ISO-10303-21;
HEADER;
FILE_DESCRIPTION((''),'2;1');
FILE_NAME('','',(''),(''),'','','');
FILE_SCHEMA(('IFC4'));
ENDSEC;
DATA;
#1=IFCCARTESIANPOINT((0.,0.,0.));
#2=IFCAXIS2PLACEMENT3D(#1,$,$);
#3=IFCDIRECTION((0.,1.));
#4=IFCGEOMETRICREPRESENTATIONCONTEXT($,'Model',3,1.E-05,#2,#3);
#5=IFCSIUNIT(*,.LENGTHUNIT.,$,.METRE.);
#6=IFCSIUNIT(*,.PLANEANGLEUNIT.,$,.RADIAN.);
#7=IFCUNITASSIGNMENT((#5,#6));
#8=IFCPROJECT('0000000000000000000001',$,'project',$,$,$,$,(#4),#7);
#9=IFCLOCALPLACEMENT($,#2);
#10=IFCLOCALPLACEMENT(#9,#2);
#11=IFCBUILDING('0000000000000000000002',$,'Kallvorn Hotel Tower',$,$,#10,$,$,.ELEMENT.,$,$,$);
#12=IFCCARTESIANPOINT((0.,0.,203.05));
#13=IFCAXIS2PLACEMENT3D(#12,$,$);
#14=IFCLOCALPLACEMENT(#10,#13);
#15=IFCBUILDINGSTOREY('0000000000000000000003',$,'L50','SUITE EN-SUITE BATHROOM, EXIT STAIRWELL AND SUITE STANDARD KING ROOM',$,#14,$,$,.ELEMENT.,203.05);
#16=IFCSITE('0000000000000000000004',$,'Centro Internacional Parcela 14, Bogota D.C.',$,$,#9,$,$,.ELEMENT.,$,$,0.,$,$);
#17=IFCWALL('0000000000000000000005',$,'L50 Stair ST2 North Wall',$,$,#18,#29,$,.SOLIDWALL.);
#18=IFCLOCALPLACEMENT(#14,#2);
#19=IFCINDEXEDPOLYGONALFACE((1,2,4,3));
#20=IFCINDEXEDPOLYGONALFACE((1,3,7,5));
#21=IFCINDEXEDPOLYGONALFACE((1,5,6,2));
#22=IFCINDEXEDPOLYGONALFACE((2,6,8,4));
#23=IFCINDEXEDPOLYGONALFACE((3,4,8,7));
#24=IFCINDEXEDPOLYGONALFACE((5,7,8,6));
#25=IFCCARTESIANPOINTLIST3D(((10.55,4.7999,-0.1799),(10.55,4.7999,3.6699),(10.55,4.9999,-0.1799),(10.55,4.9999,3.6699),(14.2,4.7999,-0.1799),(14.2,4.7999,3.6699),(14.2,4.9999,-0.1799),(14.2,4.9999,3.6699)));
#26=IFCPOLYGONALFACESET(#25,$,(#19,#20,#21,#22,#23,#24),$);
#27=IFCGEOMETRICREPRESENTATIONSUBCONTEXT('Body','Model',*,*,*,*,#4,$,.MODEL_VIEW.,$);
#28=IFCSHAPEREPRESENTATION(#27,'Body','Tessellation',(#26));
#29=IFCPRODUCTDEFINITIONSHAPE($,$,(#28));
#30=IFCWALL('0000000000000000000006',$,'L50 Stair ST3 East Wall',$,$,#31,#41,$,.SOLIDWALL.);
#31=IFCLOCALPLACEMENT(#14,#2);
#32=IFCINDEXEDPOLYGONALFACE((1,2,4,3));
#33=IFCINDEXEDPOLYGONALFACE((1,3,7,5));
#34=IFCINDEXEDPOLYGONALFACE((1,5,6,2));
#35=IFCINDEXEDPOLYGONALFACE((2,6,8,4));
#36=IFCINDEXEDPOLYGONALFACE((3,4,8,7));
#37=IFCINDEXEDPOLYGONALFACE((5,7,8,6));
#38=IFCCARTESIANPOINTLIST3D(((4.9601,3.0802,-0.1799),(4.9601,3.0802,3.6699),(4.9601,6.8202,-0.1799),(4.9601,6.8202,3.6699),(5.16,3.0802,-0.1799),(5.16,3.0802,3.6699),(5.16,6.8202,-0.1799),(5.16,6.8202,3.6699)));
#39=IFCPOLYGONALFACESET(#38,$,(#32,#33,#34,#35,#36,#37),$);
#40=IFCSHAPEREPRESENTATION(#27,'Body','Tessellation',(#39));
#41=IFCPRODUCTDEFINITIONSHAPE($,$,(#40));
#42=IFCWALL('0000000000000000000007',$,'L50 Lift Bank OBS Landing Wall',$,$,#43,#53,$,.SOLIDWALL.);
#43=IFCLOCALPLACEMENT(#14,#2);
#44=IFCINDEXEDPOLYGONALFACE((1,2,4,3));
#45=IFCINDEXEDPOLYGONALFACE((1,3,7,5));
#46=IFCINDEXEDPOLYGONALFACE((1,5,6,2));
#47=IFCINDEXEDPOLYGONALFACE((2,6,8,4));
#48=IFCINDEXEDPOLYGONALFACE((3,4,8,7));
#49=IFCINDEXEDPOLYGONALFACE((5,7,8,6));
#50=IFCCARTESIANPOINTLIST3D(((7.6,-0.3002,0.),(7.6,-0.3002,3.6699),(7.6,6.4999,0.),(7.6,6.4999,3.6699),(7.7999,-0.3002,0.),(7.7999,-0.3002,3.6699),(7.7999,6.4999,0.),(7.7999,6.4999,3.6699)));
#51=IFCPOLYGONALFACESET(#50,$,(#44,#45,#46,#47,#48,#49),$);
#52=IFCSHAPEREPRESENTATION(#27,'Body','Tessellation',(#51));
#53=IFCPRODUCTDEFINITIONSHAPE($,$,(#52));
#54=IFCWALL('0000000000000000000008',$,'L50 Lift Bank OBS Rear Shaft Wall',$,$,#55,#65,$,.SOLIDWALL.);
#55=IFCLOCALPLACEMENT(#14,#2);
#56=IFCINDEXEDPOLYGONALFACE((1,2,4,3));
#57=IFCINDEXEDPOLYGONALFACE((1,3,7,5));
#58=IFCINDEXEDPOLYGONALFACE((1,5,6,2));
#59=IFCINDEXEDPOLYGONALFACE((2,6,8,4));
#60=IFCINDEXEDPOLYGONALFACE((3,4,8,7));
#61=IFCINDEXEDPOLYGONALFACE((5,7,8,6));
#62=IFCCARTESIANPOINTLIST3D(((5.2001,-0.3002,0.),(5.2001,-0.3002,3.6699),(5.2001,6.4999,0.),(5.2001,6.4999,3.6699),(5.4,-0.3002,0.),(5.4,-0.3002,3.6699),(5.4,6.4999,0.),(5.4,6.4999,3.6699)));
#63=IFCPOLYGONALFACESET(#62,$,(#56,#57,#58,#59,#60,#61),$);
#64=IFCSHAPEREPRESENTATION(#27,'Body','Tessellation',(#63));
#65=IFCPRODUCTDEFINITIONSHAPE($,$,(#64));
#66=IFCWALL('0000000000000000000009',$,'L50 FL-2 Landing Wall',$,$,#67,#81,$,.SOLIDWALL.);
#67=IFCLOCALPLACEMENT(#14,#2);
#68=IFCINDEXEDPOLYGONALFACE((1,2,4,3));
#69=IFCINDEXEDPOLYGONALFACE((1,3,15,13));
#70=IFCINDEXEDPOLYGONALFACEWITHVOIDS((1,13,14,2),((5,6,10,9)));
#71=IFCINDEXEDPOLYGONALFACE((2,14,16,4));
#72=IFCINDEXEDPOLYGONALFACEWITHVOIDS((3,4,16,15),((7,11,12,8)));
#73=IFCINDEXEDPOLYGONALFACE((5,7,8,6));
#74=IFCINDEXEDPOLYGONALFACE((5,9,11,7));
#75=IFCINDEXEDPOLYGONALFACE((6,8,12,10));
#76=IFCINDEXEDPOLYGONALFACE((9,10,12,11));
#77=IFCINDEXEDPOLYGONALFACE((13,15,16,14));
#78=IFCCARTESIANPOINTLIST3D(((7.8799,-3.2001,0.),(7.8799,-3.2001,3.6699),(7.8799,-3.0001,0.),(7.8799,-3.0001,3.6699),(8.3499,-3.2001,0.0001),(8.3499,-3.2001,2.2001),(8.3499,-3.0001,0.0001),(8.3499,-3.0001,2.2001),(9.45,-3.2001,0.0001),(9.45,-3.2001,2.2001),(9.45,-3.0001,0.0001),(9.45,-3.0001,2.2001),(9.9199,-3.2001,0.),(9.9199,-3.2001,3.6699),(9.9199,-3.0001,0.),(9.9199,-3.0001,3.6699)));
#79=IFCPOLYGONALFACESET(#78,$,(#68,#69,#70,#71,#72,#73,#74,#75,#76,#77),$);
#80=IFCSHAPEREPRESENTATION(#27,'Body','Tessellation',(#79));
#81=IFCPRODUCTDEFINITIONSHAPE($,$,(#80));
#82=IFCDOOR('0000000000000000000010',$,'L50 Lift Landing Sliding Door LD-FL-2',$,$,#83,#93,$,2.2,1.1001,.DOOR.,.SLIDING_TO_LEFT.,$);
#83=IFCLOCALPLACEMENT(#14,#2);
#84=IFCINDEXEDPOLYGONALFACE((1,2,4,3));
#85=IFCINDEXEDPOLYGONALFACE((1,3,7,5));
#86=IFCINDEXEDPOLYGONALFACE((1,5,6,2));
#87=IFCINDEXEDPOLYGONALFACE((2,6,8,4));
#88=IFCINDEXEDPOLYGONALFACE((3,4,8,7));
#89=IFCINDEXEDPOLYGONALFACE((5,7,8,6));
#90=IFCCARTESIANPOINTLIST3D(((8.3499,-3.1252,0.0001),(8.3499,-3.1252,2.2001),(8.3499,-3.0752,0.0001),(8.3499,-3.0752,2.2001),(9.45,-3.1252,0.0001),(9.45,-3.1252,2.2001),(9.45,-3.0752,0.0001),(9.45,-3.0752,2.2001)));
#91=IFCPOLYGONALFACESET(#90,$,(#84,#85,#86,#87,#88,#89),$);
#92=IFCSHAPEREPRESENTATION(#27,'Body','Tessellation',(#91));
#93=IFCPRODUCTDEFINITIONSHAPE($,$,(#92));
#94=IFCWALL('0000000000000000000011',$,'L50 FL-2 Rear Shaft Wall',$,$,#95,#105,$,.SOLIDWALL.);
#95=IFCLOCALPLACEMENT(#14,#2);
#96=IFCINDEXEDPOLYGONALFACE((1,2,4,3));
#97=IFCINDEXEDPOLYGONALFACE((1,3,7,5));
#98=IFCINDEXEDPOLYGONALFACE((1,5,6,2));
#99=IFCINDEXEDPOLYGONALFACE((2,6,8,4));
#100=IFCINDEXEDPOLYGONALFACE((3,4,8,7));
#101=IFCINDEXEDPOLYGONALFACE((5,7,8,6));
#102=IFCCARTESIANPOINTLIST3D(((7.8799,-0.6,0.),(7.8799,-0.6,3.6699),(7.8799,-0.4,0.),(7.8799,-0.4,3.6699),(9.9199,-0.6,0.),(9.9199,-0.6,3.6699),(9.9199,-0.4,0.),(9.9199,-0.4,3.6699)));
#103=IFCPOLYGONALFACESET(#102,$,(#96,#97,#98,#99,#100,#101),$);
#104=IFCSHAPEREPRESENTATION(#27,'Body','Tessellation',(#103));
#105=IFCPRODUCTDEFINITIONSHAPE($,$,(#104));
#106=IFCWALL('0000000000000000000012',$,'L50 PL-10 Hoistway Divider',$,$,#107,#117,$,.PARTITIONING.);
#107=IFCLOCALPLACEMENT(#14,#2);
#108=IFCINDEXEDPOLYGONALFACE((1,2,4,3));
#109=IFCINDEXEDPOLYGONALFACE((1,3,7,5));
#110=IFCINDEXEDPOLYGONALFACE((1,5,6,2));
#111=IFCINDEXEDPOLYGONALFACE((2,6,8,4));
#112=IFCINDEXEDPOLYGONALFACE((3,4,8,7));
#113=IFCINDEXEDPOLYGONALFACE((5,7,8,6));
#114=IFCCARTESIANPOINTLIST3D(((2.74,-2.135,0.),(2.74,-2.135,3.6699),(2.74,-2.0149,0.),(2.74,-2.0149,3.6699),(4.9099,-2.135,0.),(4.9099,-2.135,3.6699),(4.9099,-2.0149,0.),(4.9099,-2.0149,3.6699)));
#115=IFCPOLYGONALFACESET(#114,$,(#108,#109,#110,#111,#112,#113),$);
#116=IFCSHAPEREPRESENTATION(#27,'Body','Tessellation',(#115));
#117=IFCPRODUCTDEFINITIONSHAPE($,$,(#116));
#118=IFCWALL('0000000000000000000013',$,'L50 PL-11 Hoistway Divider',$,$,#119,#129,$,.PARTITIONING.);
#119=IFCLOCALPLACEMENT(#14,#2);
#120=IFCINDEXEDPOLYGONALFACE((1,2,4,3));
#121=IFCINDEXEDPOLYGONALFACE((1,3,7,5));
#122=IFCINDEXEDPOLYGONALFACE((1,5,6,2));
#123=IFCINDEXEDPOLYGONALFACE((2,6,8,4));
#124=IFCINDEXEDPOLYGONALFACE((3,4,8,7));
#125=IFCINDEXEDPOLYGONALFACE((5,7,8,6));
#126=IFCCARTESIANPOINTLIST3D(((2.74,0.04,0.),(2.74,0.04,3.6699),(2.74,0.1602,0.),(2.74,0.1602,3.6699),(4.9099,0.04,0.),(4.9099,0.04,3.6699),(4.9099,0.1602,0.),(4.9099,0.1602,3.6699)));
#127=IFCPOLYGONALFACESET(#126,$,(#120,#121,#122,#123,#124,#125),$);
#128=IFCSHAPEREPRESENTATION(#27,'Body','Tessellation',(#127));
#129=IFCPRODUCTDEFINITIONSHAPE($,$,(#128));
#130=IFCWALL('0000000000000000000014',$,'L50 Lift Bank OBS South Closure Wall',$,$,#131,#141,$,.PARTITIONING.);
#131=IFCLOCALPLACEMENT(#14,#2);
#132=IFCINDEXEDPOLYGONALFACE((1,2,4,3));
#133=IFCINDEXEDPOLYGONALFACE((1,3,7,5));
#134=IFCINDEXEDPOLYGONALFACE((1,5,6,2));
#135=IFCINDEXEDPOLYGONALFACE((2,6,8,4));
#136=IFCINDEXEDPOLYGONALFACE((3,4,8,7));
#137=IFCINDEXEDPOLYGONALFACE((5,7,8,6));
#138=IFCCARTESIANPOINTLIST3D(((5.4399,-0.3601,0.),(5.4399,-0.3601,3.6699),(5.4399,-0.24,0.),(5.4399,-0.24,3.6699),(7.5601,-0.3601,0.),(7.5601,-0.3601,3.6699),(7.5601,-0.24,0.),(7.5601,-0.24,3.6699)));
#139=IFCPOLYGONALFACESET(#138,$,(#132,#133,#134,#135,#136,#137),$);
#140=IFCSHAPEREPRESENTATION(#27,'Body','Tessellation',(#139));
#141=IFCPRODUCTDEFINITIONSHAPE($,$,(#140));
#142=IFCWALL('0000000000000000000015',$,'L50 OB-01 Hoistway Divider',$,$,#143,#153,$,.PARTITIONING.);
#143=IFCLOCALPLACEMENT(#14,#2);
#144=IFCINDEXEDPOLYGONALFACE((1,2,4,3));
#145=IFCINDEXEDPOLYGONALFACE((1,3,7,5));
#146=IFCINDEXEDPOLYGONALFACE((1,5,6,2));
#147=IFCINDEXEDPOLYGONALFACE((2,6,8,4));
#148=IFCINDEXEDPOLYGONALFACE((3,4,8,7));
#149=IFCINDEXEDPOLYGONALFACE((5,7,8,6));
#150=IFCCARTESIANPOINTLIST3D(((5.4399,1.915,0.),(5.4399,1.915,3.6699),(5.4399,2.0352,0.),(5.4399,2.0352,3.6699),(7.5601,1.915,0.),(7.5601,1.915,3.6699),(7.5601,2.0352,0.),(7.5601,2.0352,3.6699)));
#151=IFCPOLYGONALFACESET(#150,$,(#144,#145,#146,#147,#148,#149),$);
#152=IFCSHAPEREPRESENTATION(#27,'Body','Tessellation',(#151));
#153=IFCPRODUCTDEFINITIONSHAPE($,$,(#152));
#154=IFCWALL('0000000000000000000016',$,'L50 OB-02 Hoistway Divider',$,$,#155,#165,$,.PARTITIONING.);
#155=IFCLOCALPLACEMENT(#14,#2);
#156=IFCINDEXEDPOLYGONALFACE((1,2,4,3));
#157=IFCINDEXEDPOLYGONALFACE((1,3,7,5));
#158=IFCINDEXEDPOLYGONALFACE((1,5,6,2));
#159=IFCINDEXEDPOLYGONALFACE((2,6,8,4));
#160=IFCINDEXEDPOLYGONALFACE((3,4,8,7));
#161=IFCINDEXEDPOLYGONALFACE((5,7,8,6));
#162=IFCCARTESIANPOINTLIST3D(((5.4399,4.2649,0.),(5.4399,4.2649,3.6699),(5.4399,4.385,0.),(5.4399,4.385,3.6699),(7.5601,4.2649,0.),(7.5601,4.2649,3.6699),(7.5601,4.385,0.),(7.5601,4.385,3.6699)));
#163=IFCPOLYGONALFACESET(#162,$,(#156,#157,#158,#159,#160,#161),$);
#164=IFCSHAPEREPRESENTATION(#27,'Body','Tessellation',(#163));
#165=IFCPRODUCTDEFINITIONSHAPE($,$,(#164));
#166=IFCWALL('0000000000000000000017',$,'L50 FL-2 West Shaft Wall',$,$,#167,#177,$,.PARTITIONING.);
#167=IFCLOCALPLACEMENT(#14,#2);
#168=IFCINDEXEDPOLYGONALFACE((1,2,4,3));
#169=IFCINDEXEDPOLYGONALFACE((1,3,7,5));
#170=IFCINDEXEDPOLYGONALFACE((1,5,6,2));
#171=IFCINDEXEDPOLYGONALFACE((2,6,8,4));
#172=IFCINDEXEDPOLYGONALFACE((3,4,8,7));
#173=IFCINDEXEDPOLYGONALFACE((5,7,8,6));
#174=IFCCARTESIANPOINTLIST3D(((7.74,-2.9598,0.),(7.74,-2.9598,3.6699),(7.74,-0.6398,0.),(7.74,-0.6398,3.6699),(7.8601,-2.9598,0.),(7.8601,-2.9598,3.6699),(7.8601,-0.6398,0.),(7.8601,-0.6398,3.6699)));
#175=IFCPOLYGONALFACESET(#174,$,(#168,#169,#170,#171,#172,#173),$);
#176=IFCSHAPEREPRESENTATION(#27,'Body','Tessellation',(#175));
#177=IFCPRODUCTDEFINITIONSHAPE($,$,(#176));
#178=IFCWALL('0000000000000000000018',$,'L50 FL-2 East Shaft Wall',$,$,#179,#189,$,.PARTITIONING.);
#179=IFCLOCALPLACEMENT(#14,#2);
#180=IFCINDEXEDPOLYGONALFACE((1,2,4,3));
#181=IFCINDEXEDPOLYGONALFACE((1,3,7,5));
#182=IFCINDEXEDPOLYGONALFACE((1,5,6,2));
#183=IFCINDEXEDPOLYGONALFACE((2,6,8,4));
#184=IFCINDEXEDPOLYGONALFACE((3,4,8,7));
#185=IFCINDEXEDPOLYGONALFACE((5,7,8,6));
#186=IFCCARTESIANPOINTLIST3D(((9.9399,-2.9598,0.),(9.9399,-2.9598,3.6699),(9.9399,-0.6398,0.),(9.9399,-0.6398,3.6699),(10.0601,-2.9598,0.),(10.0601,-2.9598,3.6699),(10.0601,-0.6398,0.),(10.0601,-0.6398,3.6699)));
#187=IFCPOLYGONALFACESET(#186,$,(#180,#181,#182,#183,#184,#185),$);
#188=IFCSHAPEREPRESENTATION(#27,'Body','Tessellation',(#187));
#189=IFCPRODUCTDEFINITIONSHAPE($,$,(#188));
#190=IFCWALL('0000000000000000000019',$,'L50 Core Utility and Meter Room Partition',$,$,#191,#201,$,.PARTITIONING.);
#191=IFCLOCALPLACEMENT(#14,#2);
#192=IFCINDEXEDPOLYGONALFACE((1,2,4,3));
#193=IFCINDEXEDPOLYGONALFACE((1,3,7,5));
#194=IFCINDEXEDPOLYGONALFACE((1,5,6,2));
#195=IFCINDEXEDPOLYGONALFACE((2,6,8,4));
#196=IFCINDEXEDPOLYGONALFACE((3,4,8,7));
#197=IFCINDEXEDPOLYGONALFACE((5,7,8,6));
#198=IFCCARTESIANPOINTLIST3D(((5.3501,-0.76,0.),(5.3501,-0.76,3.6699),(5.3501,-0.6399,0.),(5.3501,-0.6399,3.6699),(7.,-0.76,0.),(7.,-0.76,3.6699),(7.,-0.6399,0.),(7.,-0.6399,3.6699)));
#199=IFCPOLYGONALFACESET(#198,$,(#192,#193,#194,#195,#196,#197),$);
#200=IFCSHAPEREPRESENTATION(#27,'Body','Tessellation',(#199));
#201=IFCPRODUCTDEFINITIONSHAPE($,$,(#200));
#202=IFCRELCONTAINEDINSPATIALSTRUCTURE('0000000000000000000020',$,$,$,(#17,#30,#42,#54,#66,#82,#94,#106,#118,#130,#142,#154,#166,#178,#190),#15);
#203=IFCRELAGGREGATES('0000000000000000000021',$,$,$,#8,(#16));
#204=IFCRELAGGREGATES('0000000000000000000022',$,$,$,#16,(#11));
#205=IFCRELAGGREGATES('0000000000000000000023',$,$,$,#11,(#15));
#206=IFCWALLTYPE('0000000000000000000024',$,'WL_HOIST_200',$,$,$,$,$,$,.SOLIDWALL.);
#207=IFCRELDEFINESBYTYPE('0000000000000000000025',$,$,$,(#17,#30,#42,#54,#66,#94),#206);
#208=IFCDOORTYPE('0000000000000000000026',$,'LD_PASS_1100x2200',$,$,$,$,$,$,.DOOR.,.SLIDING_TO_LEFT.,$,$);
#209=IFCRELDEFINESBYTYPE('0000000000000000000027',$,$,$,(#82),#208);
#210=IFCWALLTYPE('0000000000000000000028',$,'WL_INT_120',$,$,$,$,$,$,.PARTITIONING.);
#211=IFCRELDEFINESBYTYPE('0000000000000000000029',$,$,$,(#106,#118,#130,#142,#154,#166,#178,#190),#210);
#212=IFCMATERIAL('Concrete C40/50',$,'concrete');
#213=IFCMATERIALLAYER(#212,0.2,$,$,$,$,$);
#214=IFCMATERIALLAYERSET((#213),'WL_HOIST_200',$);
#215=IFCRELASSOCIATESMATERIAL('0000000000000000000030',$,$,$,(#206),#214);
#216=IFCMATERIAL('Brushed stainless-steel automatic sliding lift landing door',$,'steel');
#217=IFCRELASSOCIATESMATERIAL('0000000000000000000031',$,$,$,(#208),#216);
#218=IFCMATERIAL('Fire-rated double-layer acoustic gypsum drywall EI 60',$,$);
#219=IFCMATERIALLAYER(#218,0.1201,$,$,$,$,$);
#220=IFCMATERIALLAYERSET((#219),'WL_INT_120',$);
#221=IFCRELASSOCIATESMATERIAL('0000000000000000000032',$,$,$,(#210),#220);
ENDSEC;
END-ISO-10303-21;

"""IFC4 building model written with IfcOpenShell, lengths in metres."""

from ifc_helpers import new_model, si_unit, direction, frame, frame_2d, origin, place, context, subcontext, project, spatial, rectangle, extrude, material, layer, layer_set, type_object, element, fill, save


model = new_model("IFC4")

# Units and contexts
model_context = context("Model", 3, precision=1e-05, world=origin(), true_north=direction((0.0, 1.0)))
body_context = subcontext(model_context, "Body", "Model", "MODEL_VIEW")
ifc_project = project(units=[si_unit("LENGTHUNIT", "METRE"), si_unit("PLANEANGLEUNIT", "RADIAN")], contexts=[model_context])

# Site, building, storey
site_placement = place(None, origin())
site = spatial("IfcSite", under=ifc_project, at=site_placement, Name="Centro Internacional Parcela 14, Bogota D.C.", CompositionType="ELEMENT", RefElevation=0.0)
building_placement = place(site_placement, origin())
building = spatial("IfcBuilding", under=site, at=building_placement, Name="Kallvorn Hotel Tower", CompositionType="ELEMENT")
storey_placement = place(building_placement, frame((0.0, 0.0, 203.05)))
storey = spatial("IfcBuildingStorey", under=building, at=storey_placement, Name="L50", Description="SUITE EN-SUITE BATHROOM, EXIT STAIRWELL AND SUITE STANDARD KING ROOM", CompositionType="ELEMENT", Elevation=203.05)

# Walls
ifc_material_1 = material(Name="Concrete C40/50", Category="concrete")
ifc_layer_1 = layer(ifc_material_1, 0.2)
ifc_layer_set_1 = layer_set([ifc_layer_1], Name="WL_HOIST_200")
wall_type_1 = type_object("IfcWallType", Name="WL_HOIST_200", PredefinedType="SOLIDWALL", material=ifc_layer_set_1)
wall_1_placement = place(storey_placement, frame((10.55, 4.8999, -0.1799), z_axis=(0.0, 0.0, 1.0), x_axis=(1.0, 0.0, 0.0)))
element("IfcWall", 1, at=wall_1_placement, inside=storey, type_object=wall_type_1, Name="L50 Stair ST2 North Wall", PredefinedType="SOLIDWALL", context=body_context, shape_type="SweptSolid", body=[
    extrude(rectangle(XDim=3.6499, YDim=0.2, at=frame_2d((1.825, 0.0))), origin(), (0.0, 0.0, 1.0), 3.8499),
])
wall_2_placement = place(storey_placement, frame((5.0601, 3.0801, -0.1799), z_axis=(0.0, 0.0, 1.0), x_axis=(0.0, 1.0, 0.0)))
element("IfcWall", 2, at=wall_2_placement, inside=storey, type_object=wall_type_1, Name="L50 Stair ST3 East Wall", PredefinedType="SOLIDWALL", context=body_context, shape_type="SweptSolid", body=[
    extrude(rectangle(XDim=3.74, YDim=0.2, at=frame_2d((1.8701, 0.0))), origin(), (0.0, 0.0, 1.0), 3.8499),
])
for number, where, z_axis, x_axis, name in (
    (3, (7.7, -0.3, 0.0), (0.0, 0.0, 1.0), (0.0, 1.0, 0.0), "L50 Lift Bank OBS Landing Wall"),
    (4, (5.3, -0.3, 0.0), (0.0, 0.0, 1.0), (0.0, 1.0, 0.0), "L50 Lift Bank OBS Rear Shaft Wall"),
):
    element("IfcWall", number, at=place(storey_placement, frame(where, z_axis=z_axis, x_axis=x_axis)), inside=storey, type_object=wall_type_1, Name=name, PredefinedType="SOLIDWALL", context=body_context, shape_type="SweptSolid", body=[
        extrude(rectangle(XDim=6.8, YDim=0.2, at=frame_2d((3.3999, 0.0))), origin(), (0.0, 0.0, 1.0), 3.6699),
    ])

# Wall, opening, door
wall_3_placement = place(storey_placement, frame((7.8799, -3.1001, 0.0), z_axis=(0.0, 0.0, 1.0), x_axis=(1.0, 0.0, 0.0)))
wall_3 = element("IfcWall", 5, at=wall_3_placement, inside=storey, type_object=wall_type_1, Name="L50 FL-2 Landing Wall", PredefinedType="SOLIDWALL", context=body_context, shape_type="SweptSolid", body=[
    extrude(rectangle(XDim=2.04, YDim=0.2, at=frame_2d((1.02, 0.0))), origin(), (0.0, 0.0, 1.0), 3.6699),
])
opening_1_placement = place(wall_3_placement, frame((0.47, 0.0, 0.0)))
opening_1 = element("IfcOpeningElement", 6, at=opening_1_placement, cuts=wall_3, PredefinedType="OPENING", context=body_context, shape_type="SweptSolid", body=[
    extrude(rectangle(XDim=1.1001, YDim=2.2, at=frame_2d((0.55, 1.1001))), frame((0.0, 0.115, 0.0), z_axis=(0.0, -1.0, 0.0), x_axis=(1.0, 0.0, 0.0)), (0.0, 0.0, 1.0), 0.23),
])
ifc_material_2 = material(Name="Brushed stainless-steel automatic sliding lift landing door", Category="steel")
door_type_1 = type_object("IfcDoorType", Name="LD_PASS_1100x2200", OperationType="SLIDING_TO_LEFT", PredefinedType="DOOR", material=ifc_material_2)
door_1_placement = place(opening_1_placement, origin())
door_1 = element("IfcDoor", 7, at=door_1_placement, inside=storey, type_object=door_type_1, Name="L50 Lift Landing Sliding Door LD-FL-2", OperationType="SLIDING_TO_LEFT", OverallHeight=2.2, OverallWidth=1.1001, PredefinedType="DOOR", context=body_context, shape_type="SweptSolid", body=[
    extrude(rectangle(XDim=1.1001, YDim=2.2, at=frame_2d((0.55, 1.1001))), frame((0.0, 0.0249, 0.0), z_axis=(0.0, -1.0, 0.0), x_axis=(1.0, 0.0, 0.0)), (0.0, 0.0, 1.0), 0.05),
])
fill(opening_1, door_1)

# Walls
wall_4_placement = place(storey_placement, frame((7.8799, -0.5, 0.0), z_axis=(0.0, 0.0, 1.0), x_axis=(1.0, 0.0, 0.0)))
element("IfcWall", 8, at=wall_4_placement, inside=storey, type_object=wall_type_1, Name="L50 FL-2 Rear Shaft Wall", PredefinedType="SOLIDWALL", context=body_context, shape_type="SweptSolid", body=[
    extrude(rectangle(XDim=2.04, YDim=0.2, at=frame_2d((1.02, 0.0))), origin(), (0.0, 0.0, 1.0), 3.6699),
])
ifc_material_3 = material(Name="Fire-rated double-layer acoustic gypsum drywall EI 60")
ifc_layer_2 = layer(ifc_material_3, 0.1201)
ifc_layer_set_2 = layer_set([ifc_layer_2], Name="WL_INT_120")
wall_type_2 = type_object("IfcWallType", Name="WL_INT_120", PredefinedType="PARTITIONING", material=ifc_layer_set_2)
for number, where, z_axis, x_axis, name in (
    (9, (2.74, -2.075, 0.0), (0.0, 0.0, 1.0), (1.0, 0.0, 0.0), "L50 PL-10 Hoistway Divider"),
    (10, (2.74, 0.1001, 0.0), (0.0, 0.0, 1.0), (1.0, 0.0, 0.0), "L50 PL-11 Hoistway Divider"),
):
    element("IfcWall", number, at=place(storey_placement, frame(where, z_axis=z_axis, x_axis=x_axis)), inside=storey, type_object=wall_type_2, Name=name, PredefinedType="PARTITIONING", context=body_context, shape_type="SweptSolid", body=[
        extrude(rectangle(XDim=2.1699, YDim=0.1201, at=frame_2d((1.085, 0.0))), origin(), (0.0, 0.0, 1.0), 3.6699),
    ])
for number, where, z_axis, x_axis, name in (
    (11, (5.4399, -0.3, 0.0), (0.0, 0.0, 1.0), (1.0, 0.0, 0.0), "L50 Lift Bank OBS South Closure Wall"),
    (12, (5.4399, 1.9751, 0.0), (0.0, 0.0, 1.0), (1.0, 0.0, 0.0), "L50 OB-01 Hoistway Divider"),
    (13, (5.4399, 4.325, 0.0), (0.0, 0.0, 1.0), (1.0, 0.0, 0.0), "L50 OB-02 Hoistway Divider"),
):
    element("IfcWall", number, at=place(storey_placement, frame(where, z_axis=z_axis, x_axis=x_axis)), inside=storey, type_object=wall_type_2, Name=name, PredefinedType="PARTITIONING", context=body_context, shape_type="SweptSolid", body=[
        extrude(rectangle(XDim=2.1201, YDim=0.1201, at=frame_2d((1.0601, 0.0))), origin(), (0.0, 0.0, 1.0), 3.6699),
    ])
for number, where, z_axis, x_axis, name in (
    (14, (7.8, -2.96, 0.0), (0.0, 0.0, 1.0), (0.0, 1.0, 0.0), "L50 FL-2 West Shaft Wall"),
    (15, (10.0, -2.96, 0.0), (0.0, 0.0, 1.0), (0.0, 1.0, 0.0), "L50 FL-2 East Shaft Wall"),
):
    element("IfcWall", number, at=place(storey_placement, frame(where, z_axis=z_axis, x_axis=x_axis)), inside=storey, type_object=wall_type_2, Name=name, PredefinedType="PARTITIONING", context=body_context, shape_type="SweptSolid", body=[
        extrude(rectangle(XDim=2.3201, YDim=0.1201, at=frame_2d((1.1602, 0.0))), origin(), (0.0, 0.0, 1.0), 3.6699),
    ])
wall_5_placement = place(storey_placement, frame((5.3501, -0.7, 0.0), z_axis=(0.0, 0.0, 1.0), x_axis=(1.0, 0.0, 0.0)))
element("IfcWall", 16, at=wall_5_placement, inside=storey, type_object=wall_type_2, Name="L50 Core Utility and Meter Room Partition", PredefinedType="PARTITIONING", context=body_context, shape_type="SweptSolid", body=[
    extrude(rectangle(XDim=1.6499, YDim=0.1201, at=frame_2d((0.825, 0.0))), origin(), (0.0, 0.0, 1.0), 3.6699),
])

save(model, "model.ifc")
